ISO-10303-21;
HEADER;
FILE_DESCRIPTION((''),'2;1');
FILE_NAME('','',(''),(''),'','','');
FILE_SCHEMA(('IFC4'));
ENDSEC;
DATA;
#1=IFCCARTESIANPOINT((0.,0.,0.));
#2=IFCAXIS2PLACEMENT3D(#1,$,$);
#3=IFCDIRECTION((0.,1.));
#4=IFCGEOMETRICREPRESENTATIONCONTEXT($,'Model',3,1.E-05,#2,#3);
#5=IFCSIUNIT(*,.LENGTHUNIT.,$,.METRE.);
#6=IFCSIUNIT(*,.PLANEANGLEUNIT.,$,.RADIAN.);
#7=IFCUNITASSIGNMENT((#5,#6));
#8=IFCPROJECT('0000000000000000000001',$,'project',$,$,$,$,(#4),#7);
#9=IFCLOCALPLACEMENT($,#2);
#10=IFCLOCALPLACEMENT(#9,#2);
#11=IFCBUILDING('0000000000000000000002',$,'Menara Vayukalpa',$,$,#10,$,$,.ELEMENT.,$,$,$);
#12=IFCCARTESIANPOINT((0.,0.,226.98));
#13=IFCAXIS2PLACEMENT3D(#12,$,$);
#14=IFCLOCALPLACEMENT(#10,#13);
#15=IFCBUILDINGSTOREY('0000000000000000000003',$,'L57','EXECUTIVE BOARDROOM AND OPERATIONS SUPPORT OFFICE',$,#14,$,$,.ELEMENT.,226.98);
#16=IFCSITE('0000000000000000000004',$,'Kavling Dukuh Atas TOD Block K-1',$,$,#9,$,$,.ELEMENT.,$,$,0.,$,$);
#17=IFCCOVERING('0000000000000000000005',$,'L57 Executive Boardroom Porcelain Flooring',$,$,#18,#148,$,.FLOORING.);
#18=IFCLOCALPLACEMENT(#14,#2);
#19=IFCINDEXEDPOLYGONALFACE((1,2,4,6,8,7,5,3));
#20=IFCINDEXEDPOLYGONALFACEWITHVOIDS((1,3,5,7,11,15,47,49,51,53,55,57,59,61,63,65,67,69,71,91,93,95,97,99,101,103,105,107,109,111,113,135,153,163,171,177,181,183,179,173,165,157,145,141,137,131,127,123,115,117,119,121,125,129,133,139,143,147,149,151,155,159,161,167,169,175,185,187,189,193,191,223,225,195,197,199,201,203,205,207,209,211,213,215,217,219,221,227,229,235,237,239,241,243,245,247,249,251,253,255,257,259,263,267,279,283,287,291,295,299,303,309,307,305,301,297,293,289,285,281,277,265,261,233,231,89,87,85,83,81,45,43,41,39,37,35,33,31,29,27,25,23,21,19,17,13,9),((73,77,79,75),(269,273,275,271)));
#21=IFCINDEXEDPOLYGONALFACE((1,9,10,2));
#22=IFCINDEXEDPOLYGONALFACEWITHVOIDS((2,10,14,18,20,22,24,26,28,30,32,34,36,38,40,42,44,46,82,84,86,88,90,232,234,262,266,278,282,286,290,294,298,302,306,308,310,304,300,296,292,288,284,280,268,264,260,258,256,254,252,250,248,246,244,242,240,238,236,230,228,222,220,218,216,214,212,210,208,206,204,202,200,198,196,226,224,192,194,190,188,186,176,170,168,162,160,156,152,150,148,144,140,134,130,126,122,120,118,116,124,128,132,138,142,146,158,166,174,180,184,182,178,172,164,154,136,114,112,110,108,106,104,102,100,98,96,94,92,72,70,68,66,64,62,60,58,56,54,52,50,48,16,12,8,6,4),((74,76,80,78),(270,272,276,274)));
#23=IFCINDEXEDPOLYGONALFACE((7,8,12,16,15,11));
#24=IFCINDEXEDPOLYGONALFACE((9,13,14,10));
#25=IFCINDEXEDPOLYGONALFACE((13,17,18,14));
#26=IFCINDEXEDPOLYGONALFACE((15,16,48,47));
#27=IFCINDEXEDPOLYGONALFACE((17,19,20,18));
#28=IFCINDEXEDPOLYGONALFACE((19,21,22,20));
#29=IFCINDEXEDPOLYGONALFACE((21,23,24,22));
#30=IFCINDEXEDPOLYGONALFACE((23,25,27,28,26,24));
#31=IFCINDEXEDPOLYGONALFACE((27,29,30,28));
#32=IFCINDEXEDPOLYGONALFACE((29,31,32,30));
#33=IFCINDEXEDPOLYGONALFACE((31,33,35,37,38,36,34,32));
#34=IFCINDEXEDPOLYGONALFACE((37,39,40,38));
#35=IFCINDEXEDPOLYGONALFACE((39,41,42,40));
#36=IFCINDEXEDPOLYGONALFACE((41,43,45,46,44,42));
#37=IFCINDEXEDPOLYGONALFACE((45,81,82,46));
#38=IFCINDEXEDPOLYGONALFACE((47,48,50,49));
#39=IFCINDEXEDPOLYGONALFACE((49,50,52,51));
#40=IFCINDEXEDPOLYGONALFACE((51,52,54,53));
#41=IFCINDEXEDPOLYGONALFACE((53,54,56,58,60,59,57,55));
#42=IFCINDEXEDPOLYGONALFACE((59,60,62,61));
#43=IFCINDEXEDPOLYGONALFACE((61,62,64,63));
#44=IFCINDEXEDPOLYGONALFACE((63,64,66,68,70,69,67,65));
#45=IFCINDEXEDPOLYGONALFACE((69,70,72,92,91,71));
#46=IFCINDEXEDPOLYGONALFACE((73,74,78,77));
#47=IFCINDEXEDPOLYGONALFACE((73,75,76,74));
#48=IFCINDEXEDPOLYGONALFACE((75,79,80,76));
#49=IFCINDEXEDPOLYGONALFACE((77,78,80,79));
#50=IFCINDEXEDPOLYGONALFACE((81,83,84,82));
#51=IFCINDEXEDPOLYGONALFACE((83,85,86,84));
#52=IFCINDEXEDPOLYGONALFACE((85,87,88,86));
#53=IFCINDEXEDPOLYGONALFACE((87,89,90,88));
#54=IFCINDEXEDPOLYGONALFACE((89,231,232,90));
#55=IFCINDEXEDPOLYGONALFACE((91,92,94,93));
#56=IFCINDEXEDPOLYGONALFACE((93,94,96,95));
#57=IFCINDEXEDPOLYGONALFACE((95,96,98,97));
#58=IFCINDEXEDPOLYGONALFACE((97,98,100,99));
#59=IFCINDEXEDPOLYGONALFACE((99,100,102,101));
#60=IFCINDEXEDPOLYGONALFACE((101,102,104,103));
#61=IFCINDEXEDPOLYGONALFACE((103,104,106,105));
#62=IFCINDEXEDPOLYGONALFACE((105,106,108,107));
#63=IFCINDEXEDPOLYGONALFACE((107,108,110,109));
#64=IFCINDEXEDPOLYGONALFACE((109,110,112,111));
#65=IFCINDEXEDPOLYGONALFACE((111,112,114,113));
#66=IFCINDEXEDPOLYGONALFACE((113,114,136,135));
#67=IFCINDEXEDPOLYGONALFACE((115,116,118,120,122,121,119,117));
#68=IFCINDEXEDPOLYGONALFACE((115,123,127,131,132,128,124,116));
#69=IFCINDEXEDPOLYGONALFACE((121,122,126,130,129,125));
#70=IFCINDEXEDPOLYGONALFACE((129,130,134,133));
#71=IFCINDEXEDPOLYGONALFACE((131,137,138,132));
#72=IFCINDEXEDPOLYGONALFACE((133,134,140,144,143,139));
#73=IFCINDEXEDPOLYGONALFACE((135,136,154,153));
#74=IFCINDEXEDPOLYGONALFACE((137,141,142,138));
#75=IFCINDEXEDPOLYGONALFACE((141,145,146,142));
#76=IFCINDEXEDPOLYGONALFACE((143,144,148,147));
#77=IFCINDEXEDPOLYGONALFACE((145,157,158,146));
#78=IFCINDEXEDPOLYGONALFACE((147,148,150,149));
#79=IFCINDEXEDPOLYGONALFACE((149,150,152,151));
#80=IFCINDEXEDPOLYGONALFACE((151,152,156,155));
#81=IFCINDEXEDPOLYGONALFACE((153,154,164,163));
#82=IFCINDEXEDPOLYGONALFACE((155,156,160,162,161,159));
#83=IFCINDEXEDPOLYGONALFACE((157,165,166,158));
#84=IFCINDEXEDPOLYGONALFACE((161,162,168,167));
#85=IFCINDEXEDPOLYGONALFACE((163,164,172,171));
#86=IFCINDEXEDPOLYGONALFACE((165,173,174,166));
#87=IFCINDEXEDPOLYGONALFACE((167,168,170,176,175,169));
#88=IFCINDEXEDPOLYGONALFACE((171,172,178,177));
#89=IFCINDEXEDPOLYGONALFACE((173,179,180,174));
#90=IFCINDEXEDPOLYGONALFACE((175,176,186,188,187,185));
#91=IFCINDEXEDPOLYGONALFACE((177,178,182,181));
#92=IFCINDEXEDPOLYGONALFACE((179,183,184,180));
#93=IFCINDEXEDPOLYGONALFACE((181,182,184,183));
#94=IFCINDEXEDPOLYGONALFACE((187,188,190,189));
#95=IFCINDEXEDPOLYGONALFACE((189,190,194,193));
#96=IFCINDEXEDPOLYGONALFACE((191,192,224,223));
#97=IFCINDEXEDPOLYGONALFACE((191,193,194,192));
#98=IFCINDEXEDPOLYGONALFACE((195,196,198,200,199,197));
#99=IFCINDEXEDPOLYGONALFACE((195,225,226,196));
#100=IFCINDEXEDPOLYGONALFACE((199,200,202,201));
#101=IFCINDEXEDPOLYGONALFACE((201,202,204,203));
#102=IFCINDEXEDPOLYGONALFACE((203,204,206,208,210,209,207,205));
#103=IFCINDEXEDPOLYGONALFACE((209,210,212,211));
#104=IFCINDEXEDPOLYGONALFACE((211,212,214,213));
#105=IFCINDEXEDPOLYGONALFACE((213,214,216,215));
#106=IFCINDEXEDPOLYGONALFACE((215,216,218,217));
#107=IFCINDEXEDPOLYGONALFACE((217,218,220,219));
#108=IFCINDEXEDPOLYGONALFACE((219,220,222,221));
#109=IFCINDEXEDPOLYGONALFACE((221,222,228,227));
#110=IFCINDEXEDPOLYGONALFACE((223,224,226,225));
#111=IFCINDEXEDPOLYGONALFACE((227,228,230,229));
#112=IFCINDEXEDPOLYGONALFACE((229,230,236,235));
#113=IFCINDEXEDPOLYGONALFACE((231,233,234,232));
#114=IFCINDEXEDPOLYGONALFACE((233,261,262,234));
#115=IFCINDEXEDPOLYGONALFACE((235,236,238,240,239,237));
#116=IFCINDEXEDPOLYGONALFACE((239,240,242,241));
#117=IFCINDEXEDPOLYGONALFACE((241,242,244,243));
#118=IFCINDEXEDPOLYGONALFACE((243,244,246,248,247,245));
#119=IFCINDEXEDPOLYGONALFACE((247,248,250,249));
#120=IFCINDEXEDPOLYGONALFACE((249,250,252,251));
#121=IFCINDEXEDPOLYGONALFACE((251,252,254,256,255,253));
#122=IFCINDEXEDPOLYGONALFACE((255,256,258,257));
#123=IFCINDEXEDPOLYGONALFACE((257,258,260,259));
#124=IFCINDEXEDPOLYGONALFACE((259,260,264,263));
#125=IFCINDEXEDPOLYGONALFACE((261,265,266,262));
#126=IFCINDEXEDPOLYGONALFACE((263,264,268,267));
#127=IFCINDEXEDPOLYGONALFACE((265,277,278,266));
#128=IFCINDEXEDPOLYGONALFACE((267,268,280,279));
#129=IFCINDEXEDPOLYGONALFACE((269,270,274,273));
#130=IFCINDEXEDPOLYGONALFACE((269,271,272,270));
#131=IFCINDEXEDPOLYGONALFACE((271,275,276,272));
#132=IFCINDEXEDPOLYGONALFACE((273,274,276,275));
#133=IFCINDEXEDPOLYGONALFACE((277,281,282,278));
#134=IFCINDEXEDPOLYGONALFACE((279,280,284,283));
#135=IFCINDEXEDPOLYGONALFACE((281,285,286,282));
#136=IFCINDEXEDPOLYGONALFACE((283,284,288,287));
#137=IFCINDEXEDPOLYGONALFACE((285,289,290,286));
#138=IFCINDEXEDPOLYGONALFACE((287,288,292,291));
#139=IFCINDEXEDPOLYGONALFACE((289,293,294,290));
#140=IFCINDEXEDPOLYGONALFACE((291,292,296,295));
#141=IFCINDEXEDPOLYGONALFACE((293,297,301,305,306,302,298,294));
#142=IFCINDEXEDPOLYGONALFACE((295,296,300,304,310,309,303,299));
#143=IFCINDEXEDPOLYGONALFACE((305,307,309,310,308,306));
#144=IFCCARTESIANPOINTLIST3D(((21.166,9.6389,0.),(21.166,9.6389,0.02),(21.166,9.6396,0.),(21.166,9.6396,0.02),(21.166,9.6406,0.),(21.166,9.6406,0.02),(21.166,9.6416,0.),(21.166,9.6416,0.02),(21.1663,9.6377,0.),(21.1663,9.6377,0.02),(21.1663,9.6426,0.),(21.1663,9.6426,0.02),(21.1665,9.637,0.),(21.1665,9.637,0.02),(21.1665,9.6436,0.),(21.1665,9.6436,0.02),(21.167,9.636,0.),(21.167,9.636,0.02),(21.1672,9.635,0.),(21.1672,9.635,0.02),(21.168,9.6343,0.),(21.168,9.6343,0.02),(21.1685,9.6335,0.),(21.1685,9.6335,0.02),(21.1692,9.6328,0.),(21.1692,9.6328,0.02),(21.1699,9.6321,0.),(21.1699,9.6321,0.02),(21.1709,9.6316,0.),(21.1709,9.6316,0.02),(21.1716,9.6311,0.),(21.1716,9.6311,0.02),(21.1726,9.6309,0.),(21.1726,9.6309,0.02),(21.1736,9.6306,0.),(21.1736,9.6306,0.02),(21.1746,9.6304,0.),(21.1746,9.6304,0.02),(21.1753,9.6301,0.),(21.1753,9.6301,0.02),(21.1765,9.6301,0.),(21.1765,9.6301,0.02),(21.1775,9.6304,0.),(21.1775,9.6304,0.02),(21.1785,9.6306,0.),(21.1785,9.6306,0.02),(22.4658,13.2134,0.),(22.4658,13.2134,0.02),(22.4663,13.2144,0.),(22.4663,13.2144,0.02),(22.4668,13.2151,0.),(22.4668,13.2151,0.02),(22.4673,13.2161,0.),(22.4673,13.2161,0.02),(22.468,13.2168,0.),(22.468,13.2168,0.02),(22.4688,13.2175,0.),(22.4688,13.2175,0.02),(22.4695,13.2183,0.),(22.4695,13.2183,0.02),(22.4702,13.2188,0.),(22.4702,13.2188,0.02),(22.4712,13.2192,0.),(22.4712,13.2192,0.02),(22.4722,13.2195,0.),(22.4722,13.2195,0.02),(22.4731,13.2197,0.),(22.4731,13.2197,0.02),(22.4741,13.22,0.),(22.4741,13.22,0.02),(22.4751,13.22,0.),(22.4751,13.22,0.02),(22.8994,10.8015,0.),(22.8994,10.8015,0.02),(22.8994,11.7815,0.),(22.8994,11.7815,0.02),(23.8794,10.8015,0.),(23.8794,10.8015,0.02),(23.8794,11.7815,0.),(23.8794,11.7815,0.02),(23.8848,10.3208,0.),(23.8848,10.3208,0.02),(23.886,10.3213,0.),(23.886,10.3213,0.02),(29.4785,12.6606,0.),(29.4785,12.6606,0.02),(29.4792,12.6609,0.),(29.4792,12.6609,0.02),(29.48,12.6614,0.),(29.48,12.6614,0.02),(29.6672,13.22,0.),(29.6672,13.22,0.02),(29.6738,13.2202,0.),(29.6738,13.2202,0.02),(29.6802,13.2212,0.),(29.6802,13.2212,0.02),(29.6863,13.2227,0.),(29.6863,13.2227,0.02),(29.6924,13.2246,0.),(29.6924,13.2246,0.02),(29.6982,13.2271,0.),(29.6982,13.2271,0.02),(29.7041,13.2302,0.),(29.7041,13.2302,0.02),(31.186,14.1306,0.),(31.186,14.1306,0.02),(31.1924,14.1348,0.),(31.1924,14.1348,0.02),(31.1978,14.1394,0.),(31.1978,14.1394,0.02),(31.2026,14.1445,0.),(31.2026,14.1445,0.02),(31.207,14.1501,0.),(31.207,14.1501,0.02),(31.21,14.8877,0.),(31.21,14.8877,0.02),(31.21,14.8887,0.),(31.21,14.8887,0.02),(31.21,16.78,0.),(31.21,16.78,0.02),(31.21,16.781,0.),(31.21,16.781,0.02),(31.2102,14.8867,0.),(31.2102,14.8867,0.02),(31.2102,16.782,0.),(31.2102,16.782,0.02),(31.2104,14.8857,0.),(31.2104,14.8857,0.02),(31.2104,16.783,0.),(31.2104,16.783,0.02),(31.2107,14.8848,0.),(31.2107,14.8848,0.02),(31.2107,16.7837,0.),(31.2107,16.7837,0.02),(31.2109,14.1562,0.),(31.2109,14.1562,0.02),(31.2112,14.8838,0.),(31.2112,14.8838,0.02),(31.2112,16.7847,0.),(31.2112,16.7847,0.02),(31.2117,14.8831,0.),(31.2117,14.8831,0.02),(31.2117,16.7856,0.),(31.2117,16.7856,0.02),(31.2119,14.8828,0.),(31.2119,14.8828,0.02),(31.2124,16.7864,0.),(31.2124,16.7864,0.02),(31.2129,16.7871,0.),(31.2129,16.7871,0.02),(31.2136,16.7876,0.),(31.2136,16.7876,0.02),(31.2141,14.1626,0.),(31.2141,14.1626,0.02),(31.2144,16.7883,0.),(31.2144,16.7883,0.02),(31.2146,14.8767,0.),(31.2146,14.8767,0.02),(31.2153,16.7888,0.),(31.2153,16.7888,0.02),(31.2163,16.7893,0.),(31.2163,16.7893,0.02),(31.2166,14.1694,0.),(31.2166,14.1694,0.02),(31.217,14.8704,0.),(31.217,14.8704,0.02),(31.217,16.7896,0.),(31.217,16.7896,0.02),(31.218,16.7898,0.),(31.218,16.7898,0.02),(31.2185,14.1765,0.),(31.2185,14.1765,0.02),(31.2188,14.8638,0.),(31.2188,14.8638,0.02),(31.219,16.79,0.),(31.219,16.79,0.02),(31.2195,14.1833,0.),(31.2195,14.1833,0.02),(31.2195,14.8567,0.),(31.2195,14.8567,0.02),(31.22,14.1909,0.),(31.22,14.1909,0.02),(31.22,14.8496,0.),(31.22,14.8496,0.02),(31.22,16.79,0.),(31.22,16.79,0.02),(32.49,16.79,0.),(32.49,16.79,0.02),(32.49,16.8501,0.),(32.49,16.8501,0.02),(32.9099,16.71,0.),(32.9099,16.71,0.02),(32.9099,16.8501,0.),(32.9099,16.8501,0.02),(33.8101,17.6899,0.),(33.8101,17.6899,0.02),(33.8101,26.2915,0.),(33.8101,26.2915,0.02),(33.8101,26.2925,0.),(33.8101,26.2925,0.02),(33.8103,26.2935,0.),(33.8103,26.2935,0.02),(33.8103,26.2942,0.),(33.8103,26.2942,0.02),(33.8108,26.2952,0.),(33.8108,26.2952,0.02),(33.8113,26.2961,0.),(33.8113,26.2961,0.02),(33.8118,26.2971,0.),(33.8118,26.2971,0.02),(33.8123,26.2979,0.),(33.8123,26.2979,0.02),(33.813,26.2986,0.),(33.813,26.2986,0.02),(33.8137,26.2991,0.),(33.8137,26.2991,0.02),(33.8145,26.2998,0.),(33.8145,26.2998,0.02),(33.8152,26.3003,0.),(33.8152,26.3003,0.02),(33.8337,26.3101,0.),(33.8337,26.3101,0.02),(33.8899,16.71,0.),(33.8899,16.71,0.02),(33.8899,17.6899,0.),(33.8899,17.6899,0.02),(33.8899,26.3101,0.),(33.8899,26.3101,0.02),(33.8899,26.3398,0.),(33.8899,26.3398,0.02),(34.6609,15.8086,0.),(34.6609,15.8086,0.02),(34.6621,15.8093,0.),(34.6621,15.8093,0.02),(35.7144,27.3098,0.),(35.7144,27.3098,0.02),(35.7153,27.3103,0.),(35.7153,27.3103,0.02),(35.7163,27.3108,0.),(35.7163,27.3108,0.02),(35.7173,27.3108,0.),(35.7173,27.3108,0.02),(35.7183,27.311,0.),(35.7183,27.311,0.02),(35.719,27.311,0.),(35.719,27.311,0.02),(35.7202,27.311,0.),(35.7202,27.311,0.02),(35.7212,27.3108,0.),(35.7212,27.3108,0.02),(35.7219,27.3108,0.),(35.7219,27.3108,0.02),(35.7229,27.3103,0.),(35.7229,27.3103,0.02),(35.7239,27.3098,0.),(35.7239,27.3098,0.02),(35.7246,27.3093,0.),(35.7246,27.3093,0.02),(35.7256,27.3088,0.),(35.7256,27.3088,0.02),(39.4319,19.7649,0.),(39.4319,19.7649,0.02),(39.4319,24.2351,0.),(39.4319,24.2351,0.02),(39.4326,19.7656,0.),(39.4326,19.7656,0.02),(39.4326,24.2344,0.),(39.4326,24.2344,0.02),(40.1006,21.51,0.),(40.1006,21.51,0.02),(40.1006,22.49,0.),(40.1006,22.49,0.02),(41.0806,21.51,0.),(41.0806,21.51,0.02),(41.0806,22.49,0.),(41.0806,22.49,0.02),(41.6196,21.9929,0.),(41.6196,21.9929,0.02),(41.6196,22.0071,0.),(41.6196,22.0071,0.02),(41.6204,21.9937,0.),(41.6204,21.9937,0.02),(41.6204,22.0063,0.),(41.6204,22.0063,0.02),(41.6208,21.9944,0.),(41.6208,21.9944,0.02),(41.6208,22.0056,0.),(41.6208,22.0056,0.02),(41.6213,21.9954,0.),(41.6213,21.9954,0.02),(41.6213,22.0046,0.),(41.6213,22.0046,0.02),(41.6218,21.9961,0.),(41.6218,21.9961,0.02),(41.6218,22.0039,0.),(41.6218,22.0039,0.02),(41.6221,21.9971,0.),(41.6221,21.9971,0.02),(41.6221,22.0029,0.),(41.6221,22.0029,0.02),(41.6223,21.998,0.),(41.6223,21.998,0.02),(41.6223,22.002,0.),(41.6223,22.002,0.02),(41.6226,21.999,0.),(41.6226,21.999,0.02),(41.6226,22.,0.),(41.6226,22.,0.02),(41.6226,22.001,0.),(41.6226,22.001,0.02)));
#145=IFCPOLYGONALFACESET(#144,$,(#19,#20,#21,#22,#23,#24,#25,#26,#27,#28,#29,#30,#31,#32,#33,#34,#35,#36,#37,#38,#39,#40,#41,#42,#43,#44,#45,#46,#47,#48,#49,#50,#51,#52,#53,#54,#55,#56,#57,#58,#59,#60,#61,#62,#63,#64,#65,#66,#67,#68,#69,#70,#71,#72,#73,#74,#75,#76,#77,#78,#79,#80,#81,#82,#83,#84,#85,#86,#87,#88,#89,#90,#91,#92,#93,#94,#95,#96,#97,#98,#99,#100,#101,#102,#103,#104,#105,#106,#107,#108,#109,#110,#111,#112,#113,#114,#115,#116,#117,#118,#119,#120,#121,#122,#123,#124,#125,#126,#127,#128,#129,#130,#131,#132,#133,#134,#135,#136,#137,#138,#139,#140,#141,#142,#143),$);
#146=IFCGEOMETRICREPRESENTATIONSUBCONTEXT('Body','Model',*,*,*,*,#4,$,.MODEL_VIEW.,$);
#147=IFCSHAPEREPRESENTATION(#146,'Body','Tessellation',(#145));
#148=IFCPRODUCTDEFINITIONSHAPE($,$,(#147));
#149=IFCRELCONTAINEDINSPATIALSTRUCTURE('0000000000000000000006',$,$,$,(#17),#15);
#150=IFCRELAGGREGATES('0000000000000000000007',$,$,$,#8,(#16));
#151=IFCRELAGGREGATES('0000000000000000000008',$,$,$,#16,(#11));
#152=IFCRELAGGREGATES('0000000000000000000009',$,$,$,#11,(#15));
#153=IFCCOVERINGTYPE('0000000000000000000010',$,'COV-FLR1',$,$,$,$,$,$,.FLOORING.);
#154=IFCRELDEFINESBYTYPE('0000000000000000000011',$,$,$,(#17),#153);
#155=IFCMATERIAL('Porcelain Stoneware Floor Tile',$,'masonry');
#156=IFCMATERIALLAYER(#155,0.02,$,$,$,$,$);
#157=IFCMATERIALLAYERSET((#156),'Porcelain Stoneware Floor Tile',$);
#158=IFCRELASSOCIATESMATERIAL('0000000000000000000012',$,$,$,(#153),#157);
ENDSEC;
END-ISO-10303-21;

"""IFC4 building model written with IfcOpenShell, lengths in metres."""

from ifc_helpers import new_model, si_unit, direction, frame, origin, place, context, subcontext, project, spatial, polyline, outline, extrude, material, layer, layer_set, type_object, element, save


model = new_model("IFC4")

# Units and contexts
model_context = context("Model", 3, precision=1e-05, world=origin(), true_north=direction((0.0, 1.0)))
body_context = subcontext(model_context, "Body", "Model", "MODEL_VIEW")
ifc_project = project(units=[si_unit("LENGTHUNIT", "METRE"), si_unit("PLANEANGLEUNIT", "RADIAN")], contexts=[model_context])

# Site, building, storey
site_placement = place(None, origin())
site = spatial("IfcSite", under=ifc_project, at=site_placement, Name="Kavling Dukuh Atas TOD Block K-1", CompositionType="ELEMENT", RefElevation=0.0)
building_placement = place(site_placement, origin())
building = spatial("IfcBuilding", under=site, at=building_placement, Name="Menara Vayukalpa", CompositionType="ELEMENT")
storey_placement = place(building_placement, frame((0.0, 0.0, 226.98)))
storey = spatial("IfcBuildingStorey", under=building, at=storey_placement, Name="L57", Description="EXECUTIVE BOARDROOM AND OPERATIONS SUPPORT OFFICE", CompositionType="ELEMENT", Elevation=226.98)

# Covering
ifc_material_1 = material(Name="Porcelain Stoneware Floor Tile", Category="masonry")
ifc_layer_1 = layer(ifc_material_1, 0.02)
ifc_layer_set_1 = layer_set([ifc_layer_1], Name="Porcelain Stoneware Floor Tile")
covering_type_1 = type_object("IfcCoveringType", Name="COV-FLR1", PredefinedType="FLOORING", material=ifc_layer_set_1)
covering_1_placement = place(storey_placement, origin())
element("IfcCovering", 1, at=covering_1_placement, inside=storey, type_object=covering_type_1, Name="L57 Executive Boardroom Porcelain Flooring", PredefinedType="FLOORING", context=body_context, shape_type="SweptSolid", body=[
    extrude(outline(polyline([(33.8101, 26.2915), (33.8101, 26.2925), (33.8103, 26.2935), (33.8103, 26.2942), (33.8108, 26.2952), (33.8113, 26.2961), (33.8118, 26.2971), (33.8123, 26.2979), (33.813, 26.2986), (33.8137, 26.2991), (33.8145, 26.2998), (33.8152, 26.3003), (33.8337, 26.3101), (33.8899, 26.3101), (33.8899, 26.3398), (35.7144, 27.3098), (35.7153, 27.3103), (35.7163, 27.3108), (35.7173, 27.3108), (35.7183, 27.311), (35.719, 27.311), (35.7202, 27.311), (35.7212, 27.3108), (35.7219, 27.3108), (35.7229, 27.3103), (35.7239, 27.3098), (35.7246, 27.3093), (35.7256, 27.3088), (39.4319, 24.2351), (39.4326, 24.2344), (41.6196, 22.0071), (41.6204, 22.0063), (41.6208, 22.0056), (41.6213, 22.0046), (41.6218, 22.0039), (41.6221, 22.0029), (41.6223, 22.002), (41.6226, 22.001), (41.6226, 22.0), (41.6226, 21.999), (41.6223, 21.998), (41.6221, 21.9971), (41.6218, 21.9961), (41.6213, 21.9954), (41.6208, 21.9944), (41.6204, 21.9937), (41.6196, 21.9929), (39.4326, 19.7656), (39.4319, 19.7649), (34.6621, 15.8093), (34.6609, 15.8086), (29.48, 12.6614), (29.4792, 12.6609), (29.4785, 12.6606), (23.886, 10.3213), (23.8848, 10.3208), (21.1785, 9.6306), (21.1775, 9.6304), (21.1765, 9.6301), (21.1753, 9.6301), (21.1746, 9.6304), (21.1736, 9.6306), (21.1726, 9.6309), (21.1716, 9.6311), (21.1709, 9.6316), (21.1699, 9.6321), (21.1692, 9.6328), (21.1685, 9.6335), (21.168, 9.6343), (21.1672, 9.635), (21.167, 9.636), (21.1665, 9.637), (21.1663, 9.6377), (21.166, 9.6389), (21.166, 9.6396), (21.166, 9.6406), (21.166, 9.6416), (21.1663, 9.6426), (21.1665, 9.6436), (22.4658, 13.2134), (22.4663, 13.2144), (22.4668, 13.2151), (22.4673, 13.2161), (22.468, 13.2168), (22.4688, 13.2175), (22.4695, 13.2183), (22.4702, 13.2188), (22.4712, 13.2192), (22.4722, 13.2195), (22.4731, 13.2197), (22.4741, 13.22), (22.4751, 13.22), (29.6672, 13.22), (29.6738, 13.2202), (29.6802, 13.2212), (29.6863, 13.2227), (29.6924, 13.2246), (29.6982, 13.2271), (29.7041, 13.2302), (31.186, 14.1306), (31.1924, 14.1348), (31.1978, 14.1394), (31.2026, 14.1445), (31.207, 14.1501), (31.2109, 14.1562), (31.2141, 14.1626), (31.2166, 14.1694), (31.2185, 14.1765), (31.2195, 14.1833), (31.22, 14.1909), (31.22, 14.8496), (31.2195, 14.8567), (31.2188, 14.8638), (31.217, 14.8704), (31.2146, 14.8767), (31.2119, 14.8828), (31.2117, 14.8831), (31.2112, 14.8838), (31.2107, 14.8848), (31.2104, 14.8857), (31.2102, 14.8867), (31.21, 14.8877), (31.21, 14.8887), (31.21, 16.78), (31.21, 16.781), (31.2102, 16.782), (31.2104, 16.783), (31.2107, 16.7837), (31.2112, 16.7847), (31.2117, 16.7856), (31.2124, 16.7864), (31.2129, 16.7871), (31.2136, 16.7876), (31.2144, 16.7883), (31.2153, 16.7888), (31.2163, 16.7893), (31.217, 16.7896), (31.218, 16.7898), (31.219, 16.79), (31.22, 16.79), (32.49, 16.79), (32.49, 16.8501), (32.9099, 16.8501), (32.9099, 16.71), (33.8899, 16.71), (33.8899, 17.6899), (33.8101, 17.6899), (33.8101, 26.2915)]), holes=[polyline([(23.8794, 11.7815), (22.8994, 11.7815), (22.8994, 10.8015), (23.8794, 10.8015), (23.8794, 11.7815)]), polyline([(41.0806, 22.49), (40.1006, 22.49), (40.1006, 21.51), (41.0806, 21.51), (41.0806, 22.49)])]), origin(), (0.0, 0.0, 1.0), 0.02),
])

save(model, "model.ifc")
